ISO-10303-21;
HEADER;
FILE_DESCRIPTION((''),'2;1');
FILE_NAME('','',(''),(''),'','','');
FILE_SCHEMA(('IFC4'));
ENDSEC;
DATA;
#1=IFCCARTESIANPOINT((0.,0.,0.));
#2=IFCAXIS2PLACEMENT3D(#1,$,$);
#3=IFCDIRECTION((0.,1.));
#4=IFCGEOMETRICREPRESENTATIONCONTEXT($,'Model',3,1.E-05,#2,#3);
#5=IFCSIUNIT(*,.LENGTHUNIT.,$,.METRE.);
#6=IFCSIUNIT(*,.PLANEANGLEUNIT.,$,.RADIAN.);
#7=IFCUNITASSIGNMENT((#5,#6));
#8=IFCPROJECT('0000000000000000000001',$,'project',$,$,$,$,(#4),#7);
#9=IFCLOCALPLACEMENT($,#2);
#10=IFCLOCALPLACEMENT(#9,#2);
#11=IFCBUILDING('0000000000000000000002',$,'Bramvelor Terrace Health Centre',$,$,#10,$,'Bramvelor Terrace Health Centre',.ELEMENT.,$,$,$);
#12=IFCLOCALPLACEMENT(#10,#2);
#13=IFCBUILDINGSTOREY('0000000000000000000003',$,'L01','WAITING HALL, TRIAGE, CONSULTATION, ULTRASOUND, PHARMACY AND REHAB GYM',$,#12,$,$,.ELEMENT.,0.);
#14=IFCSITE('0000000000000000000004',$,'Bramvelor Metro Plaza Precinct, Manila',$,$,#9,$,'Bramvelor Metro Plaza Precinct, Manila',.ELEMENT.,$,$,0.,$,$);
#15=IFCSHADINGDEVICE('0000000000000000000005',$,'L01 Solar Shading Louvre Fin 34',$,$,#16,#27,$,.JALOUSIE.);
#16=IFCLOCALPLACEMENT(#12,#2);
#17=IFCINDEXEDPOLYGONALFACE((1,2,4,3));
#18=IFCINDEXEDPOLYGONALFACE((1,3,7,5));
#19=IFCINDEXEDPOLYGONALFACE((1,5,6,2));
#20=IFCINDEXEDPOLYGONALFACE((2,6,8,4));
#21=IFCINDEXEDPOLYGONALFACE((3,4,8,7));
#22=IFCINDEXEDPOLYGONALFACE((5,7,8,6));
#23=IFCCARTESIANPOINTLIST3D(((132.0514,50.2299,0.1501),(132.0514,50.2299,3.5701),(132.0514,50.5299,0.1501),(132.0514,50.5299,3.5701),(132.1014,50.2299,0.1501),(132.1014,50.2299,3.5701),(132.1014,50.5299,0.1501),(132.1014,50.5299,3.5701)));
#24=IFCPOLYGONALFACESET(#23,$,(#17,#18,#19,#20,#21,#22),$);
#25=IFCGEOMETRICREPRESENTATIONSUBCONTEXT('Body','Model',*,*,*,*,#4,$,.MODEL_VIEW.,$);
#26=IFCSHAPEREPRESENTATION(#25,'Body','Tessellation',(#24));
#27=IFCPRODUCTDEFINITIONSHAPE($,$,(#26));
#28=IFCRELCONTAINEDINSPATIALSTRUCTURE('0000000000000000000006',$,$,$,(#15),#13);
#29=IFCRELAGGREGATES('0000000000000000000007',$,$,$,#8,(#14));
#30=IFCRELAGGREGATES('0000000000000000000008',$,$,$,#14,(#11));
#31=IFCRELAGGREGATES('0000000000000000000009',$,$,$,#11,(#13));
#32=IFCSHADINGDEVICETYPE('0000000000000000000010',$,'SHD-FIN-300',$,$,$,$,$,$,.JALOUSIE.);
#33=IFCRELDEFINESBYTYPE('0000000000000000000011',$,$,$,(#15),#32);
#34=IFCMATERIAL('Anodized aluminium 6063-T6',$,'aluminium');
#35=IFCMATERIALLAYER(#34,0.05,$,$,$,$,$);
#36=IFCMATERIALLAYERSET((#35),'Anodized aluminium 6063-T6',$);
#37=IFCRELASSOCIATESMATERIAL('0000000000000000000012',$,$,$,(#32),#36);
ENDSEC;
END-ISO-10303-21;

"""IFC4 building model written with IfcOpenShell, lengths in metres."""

from ifc_helpers import new_model, si_unit, direction, frame, origin, origin_2d, place, context, subcontext, project, spatial, rectangle, extrude, material, layer, layer_set, type_object, element, save


model = new_model("IFC4")

# Units and contexts
model_context = context("Model", 3, precision=1e-05, world=origin(), true_north=direction((0.0, 1.0)))
body_context = subcontext(model_context, "Body", "Model", "MODEL_VIEW")
ifc_project = project(units=[si_unit("LENGTHUNIT", "METRE"), si_unit("PLANEANGLEUNIT", "RADIAN")], contexts=[model_context])

# Site, building, storey
site_placement = place(None, origin())
site = spatial("IfcSite", under=ifc_project, at=site_placement, Name="Bramvelor Metro Plaza Precinct, Manila", LongName="Bramvelor Metro Plaza Precinct, Manila", CompositionType="ELEMENT", RefElevation=0.0)
building_placement = place(site_placement, origin())
building = spatial("IfcBuilding", under=site, at=building_placement, Name="Bramvelor Terrace Health Centre", LongName="Bramvelor Terrace Health Centre", CompositionType="ELEMENT")
storey_placement = place(building_placement, origin())
storey = spatial("IfcBuildingStorey", under=building, at=storey_placement, Name="L01", Description="WAITING HALL, TRIAGE, CONSULTATION, ULTRASOUND, PHARMACY AND REHAB GYM", CompositionType="ELEMENT", Elevation=0.0)

# Shading device
ifc_material_1 = material(Name="Anodized aluminium 6063-T6", Category="aluminium")
ifc_layer_1 = layer(ifc_material_1, 0.05)
ifc_layer_set_1 = layer_set([ifc_layer_1], Name="Anodized aluminium 6063-T6")
shading_device_type = type_object("IfcShadingDeviceType", Name="SHD-FIN-300", PredefinedType="JALOUSIE", material=ifc_layer_set_1)
for number, where, z_axis, x_axis, name in (
    (1, (132.0764, 50.3799, 0.1501), (0.0, 0.0, 1.0), (1.0, 0.0, 0.0), "L01 Solar Shading Louvre Fin 34"),
):
    element("IfcShadingDevice", number, at=place(storey_placement, frame(where, z_axis=z_axis, x_axis=x_axis)), inside=storey, type_object=shading_device_type, Name=name, PredefinedType="JALOUSIE", context=body_context, shape_type="SweptSolid", body=[
        extrude(rectangle(XDim=0.05, YDim=0.3, at=origin_2d()), origin(), (0.0, 0.0, 1.0), 3.4199),
    ])

save(model, "model.ifc")
